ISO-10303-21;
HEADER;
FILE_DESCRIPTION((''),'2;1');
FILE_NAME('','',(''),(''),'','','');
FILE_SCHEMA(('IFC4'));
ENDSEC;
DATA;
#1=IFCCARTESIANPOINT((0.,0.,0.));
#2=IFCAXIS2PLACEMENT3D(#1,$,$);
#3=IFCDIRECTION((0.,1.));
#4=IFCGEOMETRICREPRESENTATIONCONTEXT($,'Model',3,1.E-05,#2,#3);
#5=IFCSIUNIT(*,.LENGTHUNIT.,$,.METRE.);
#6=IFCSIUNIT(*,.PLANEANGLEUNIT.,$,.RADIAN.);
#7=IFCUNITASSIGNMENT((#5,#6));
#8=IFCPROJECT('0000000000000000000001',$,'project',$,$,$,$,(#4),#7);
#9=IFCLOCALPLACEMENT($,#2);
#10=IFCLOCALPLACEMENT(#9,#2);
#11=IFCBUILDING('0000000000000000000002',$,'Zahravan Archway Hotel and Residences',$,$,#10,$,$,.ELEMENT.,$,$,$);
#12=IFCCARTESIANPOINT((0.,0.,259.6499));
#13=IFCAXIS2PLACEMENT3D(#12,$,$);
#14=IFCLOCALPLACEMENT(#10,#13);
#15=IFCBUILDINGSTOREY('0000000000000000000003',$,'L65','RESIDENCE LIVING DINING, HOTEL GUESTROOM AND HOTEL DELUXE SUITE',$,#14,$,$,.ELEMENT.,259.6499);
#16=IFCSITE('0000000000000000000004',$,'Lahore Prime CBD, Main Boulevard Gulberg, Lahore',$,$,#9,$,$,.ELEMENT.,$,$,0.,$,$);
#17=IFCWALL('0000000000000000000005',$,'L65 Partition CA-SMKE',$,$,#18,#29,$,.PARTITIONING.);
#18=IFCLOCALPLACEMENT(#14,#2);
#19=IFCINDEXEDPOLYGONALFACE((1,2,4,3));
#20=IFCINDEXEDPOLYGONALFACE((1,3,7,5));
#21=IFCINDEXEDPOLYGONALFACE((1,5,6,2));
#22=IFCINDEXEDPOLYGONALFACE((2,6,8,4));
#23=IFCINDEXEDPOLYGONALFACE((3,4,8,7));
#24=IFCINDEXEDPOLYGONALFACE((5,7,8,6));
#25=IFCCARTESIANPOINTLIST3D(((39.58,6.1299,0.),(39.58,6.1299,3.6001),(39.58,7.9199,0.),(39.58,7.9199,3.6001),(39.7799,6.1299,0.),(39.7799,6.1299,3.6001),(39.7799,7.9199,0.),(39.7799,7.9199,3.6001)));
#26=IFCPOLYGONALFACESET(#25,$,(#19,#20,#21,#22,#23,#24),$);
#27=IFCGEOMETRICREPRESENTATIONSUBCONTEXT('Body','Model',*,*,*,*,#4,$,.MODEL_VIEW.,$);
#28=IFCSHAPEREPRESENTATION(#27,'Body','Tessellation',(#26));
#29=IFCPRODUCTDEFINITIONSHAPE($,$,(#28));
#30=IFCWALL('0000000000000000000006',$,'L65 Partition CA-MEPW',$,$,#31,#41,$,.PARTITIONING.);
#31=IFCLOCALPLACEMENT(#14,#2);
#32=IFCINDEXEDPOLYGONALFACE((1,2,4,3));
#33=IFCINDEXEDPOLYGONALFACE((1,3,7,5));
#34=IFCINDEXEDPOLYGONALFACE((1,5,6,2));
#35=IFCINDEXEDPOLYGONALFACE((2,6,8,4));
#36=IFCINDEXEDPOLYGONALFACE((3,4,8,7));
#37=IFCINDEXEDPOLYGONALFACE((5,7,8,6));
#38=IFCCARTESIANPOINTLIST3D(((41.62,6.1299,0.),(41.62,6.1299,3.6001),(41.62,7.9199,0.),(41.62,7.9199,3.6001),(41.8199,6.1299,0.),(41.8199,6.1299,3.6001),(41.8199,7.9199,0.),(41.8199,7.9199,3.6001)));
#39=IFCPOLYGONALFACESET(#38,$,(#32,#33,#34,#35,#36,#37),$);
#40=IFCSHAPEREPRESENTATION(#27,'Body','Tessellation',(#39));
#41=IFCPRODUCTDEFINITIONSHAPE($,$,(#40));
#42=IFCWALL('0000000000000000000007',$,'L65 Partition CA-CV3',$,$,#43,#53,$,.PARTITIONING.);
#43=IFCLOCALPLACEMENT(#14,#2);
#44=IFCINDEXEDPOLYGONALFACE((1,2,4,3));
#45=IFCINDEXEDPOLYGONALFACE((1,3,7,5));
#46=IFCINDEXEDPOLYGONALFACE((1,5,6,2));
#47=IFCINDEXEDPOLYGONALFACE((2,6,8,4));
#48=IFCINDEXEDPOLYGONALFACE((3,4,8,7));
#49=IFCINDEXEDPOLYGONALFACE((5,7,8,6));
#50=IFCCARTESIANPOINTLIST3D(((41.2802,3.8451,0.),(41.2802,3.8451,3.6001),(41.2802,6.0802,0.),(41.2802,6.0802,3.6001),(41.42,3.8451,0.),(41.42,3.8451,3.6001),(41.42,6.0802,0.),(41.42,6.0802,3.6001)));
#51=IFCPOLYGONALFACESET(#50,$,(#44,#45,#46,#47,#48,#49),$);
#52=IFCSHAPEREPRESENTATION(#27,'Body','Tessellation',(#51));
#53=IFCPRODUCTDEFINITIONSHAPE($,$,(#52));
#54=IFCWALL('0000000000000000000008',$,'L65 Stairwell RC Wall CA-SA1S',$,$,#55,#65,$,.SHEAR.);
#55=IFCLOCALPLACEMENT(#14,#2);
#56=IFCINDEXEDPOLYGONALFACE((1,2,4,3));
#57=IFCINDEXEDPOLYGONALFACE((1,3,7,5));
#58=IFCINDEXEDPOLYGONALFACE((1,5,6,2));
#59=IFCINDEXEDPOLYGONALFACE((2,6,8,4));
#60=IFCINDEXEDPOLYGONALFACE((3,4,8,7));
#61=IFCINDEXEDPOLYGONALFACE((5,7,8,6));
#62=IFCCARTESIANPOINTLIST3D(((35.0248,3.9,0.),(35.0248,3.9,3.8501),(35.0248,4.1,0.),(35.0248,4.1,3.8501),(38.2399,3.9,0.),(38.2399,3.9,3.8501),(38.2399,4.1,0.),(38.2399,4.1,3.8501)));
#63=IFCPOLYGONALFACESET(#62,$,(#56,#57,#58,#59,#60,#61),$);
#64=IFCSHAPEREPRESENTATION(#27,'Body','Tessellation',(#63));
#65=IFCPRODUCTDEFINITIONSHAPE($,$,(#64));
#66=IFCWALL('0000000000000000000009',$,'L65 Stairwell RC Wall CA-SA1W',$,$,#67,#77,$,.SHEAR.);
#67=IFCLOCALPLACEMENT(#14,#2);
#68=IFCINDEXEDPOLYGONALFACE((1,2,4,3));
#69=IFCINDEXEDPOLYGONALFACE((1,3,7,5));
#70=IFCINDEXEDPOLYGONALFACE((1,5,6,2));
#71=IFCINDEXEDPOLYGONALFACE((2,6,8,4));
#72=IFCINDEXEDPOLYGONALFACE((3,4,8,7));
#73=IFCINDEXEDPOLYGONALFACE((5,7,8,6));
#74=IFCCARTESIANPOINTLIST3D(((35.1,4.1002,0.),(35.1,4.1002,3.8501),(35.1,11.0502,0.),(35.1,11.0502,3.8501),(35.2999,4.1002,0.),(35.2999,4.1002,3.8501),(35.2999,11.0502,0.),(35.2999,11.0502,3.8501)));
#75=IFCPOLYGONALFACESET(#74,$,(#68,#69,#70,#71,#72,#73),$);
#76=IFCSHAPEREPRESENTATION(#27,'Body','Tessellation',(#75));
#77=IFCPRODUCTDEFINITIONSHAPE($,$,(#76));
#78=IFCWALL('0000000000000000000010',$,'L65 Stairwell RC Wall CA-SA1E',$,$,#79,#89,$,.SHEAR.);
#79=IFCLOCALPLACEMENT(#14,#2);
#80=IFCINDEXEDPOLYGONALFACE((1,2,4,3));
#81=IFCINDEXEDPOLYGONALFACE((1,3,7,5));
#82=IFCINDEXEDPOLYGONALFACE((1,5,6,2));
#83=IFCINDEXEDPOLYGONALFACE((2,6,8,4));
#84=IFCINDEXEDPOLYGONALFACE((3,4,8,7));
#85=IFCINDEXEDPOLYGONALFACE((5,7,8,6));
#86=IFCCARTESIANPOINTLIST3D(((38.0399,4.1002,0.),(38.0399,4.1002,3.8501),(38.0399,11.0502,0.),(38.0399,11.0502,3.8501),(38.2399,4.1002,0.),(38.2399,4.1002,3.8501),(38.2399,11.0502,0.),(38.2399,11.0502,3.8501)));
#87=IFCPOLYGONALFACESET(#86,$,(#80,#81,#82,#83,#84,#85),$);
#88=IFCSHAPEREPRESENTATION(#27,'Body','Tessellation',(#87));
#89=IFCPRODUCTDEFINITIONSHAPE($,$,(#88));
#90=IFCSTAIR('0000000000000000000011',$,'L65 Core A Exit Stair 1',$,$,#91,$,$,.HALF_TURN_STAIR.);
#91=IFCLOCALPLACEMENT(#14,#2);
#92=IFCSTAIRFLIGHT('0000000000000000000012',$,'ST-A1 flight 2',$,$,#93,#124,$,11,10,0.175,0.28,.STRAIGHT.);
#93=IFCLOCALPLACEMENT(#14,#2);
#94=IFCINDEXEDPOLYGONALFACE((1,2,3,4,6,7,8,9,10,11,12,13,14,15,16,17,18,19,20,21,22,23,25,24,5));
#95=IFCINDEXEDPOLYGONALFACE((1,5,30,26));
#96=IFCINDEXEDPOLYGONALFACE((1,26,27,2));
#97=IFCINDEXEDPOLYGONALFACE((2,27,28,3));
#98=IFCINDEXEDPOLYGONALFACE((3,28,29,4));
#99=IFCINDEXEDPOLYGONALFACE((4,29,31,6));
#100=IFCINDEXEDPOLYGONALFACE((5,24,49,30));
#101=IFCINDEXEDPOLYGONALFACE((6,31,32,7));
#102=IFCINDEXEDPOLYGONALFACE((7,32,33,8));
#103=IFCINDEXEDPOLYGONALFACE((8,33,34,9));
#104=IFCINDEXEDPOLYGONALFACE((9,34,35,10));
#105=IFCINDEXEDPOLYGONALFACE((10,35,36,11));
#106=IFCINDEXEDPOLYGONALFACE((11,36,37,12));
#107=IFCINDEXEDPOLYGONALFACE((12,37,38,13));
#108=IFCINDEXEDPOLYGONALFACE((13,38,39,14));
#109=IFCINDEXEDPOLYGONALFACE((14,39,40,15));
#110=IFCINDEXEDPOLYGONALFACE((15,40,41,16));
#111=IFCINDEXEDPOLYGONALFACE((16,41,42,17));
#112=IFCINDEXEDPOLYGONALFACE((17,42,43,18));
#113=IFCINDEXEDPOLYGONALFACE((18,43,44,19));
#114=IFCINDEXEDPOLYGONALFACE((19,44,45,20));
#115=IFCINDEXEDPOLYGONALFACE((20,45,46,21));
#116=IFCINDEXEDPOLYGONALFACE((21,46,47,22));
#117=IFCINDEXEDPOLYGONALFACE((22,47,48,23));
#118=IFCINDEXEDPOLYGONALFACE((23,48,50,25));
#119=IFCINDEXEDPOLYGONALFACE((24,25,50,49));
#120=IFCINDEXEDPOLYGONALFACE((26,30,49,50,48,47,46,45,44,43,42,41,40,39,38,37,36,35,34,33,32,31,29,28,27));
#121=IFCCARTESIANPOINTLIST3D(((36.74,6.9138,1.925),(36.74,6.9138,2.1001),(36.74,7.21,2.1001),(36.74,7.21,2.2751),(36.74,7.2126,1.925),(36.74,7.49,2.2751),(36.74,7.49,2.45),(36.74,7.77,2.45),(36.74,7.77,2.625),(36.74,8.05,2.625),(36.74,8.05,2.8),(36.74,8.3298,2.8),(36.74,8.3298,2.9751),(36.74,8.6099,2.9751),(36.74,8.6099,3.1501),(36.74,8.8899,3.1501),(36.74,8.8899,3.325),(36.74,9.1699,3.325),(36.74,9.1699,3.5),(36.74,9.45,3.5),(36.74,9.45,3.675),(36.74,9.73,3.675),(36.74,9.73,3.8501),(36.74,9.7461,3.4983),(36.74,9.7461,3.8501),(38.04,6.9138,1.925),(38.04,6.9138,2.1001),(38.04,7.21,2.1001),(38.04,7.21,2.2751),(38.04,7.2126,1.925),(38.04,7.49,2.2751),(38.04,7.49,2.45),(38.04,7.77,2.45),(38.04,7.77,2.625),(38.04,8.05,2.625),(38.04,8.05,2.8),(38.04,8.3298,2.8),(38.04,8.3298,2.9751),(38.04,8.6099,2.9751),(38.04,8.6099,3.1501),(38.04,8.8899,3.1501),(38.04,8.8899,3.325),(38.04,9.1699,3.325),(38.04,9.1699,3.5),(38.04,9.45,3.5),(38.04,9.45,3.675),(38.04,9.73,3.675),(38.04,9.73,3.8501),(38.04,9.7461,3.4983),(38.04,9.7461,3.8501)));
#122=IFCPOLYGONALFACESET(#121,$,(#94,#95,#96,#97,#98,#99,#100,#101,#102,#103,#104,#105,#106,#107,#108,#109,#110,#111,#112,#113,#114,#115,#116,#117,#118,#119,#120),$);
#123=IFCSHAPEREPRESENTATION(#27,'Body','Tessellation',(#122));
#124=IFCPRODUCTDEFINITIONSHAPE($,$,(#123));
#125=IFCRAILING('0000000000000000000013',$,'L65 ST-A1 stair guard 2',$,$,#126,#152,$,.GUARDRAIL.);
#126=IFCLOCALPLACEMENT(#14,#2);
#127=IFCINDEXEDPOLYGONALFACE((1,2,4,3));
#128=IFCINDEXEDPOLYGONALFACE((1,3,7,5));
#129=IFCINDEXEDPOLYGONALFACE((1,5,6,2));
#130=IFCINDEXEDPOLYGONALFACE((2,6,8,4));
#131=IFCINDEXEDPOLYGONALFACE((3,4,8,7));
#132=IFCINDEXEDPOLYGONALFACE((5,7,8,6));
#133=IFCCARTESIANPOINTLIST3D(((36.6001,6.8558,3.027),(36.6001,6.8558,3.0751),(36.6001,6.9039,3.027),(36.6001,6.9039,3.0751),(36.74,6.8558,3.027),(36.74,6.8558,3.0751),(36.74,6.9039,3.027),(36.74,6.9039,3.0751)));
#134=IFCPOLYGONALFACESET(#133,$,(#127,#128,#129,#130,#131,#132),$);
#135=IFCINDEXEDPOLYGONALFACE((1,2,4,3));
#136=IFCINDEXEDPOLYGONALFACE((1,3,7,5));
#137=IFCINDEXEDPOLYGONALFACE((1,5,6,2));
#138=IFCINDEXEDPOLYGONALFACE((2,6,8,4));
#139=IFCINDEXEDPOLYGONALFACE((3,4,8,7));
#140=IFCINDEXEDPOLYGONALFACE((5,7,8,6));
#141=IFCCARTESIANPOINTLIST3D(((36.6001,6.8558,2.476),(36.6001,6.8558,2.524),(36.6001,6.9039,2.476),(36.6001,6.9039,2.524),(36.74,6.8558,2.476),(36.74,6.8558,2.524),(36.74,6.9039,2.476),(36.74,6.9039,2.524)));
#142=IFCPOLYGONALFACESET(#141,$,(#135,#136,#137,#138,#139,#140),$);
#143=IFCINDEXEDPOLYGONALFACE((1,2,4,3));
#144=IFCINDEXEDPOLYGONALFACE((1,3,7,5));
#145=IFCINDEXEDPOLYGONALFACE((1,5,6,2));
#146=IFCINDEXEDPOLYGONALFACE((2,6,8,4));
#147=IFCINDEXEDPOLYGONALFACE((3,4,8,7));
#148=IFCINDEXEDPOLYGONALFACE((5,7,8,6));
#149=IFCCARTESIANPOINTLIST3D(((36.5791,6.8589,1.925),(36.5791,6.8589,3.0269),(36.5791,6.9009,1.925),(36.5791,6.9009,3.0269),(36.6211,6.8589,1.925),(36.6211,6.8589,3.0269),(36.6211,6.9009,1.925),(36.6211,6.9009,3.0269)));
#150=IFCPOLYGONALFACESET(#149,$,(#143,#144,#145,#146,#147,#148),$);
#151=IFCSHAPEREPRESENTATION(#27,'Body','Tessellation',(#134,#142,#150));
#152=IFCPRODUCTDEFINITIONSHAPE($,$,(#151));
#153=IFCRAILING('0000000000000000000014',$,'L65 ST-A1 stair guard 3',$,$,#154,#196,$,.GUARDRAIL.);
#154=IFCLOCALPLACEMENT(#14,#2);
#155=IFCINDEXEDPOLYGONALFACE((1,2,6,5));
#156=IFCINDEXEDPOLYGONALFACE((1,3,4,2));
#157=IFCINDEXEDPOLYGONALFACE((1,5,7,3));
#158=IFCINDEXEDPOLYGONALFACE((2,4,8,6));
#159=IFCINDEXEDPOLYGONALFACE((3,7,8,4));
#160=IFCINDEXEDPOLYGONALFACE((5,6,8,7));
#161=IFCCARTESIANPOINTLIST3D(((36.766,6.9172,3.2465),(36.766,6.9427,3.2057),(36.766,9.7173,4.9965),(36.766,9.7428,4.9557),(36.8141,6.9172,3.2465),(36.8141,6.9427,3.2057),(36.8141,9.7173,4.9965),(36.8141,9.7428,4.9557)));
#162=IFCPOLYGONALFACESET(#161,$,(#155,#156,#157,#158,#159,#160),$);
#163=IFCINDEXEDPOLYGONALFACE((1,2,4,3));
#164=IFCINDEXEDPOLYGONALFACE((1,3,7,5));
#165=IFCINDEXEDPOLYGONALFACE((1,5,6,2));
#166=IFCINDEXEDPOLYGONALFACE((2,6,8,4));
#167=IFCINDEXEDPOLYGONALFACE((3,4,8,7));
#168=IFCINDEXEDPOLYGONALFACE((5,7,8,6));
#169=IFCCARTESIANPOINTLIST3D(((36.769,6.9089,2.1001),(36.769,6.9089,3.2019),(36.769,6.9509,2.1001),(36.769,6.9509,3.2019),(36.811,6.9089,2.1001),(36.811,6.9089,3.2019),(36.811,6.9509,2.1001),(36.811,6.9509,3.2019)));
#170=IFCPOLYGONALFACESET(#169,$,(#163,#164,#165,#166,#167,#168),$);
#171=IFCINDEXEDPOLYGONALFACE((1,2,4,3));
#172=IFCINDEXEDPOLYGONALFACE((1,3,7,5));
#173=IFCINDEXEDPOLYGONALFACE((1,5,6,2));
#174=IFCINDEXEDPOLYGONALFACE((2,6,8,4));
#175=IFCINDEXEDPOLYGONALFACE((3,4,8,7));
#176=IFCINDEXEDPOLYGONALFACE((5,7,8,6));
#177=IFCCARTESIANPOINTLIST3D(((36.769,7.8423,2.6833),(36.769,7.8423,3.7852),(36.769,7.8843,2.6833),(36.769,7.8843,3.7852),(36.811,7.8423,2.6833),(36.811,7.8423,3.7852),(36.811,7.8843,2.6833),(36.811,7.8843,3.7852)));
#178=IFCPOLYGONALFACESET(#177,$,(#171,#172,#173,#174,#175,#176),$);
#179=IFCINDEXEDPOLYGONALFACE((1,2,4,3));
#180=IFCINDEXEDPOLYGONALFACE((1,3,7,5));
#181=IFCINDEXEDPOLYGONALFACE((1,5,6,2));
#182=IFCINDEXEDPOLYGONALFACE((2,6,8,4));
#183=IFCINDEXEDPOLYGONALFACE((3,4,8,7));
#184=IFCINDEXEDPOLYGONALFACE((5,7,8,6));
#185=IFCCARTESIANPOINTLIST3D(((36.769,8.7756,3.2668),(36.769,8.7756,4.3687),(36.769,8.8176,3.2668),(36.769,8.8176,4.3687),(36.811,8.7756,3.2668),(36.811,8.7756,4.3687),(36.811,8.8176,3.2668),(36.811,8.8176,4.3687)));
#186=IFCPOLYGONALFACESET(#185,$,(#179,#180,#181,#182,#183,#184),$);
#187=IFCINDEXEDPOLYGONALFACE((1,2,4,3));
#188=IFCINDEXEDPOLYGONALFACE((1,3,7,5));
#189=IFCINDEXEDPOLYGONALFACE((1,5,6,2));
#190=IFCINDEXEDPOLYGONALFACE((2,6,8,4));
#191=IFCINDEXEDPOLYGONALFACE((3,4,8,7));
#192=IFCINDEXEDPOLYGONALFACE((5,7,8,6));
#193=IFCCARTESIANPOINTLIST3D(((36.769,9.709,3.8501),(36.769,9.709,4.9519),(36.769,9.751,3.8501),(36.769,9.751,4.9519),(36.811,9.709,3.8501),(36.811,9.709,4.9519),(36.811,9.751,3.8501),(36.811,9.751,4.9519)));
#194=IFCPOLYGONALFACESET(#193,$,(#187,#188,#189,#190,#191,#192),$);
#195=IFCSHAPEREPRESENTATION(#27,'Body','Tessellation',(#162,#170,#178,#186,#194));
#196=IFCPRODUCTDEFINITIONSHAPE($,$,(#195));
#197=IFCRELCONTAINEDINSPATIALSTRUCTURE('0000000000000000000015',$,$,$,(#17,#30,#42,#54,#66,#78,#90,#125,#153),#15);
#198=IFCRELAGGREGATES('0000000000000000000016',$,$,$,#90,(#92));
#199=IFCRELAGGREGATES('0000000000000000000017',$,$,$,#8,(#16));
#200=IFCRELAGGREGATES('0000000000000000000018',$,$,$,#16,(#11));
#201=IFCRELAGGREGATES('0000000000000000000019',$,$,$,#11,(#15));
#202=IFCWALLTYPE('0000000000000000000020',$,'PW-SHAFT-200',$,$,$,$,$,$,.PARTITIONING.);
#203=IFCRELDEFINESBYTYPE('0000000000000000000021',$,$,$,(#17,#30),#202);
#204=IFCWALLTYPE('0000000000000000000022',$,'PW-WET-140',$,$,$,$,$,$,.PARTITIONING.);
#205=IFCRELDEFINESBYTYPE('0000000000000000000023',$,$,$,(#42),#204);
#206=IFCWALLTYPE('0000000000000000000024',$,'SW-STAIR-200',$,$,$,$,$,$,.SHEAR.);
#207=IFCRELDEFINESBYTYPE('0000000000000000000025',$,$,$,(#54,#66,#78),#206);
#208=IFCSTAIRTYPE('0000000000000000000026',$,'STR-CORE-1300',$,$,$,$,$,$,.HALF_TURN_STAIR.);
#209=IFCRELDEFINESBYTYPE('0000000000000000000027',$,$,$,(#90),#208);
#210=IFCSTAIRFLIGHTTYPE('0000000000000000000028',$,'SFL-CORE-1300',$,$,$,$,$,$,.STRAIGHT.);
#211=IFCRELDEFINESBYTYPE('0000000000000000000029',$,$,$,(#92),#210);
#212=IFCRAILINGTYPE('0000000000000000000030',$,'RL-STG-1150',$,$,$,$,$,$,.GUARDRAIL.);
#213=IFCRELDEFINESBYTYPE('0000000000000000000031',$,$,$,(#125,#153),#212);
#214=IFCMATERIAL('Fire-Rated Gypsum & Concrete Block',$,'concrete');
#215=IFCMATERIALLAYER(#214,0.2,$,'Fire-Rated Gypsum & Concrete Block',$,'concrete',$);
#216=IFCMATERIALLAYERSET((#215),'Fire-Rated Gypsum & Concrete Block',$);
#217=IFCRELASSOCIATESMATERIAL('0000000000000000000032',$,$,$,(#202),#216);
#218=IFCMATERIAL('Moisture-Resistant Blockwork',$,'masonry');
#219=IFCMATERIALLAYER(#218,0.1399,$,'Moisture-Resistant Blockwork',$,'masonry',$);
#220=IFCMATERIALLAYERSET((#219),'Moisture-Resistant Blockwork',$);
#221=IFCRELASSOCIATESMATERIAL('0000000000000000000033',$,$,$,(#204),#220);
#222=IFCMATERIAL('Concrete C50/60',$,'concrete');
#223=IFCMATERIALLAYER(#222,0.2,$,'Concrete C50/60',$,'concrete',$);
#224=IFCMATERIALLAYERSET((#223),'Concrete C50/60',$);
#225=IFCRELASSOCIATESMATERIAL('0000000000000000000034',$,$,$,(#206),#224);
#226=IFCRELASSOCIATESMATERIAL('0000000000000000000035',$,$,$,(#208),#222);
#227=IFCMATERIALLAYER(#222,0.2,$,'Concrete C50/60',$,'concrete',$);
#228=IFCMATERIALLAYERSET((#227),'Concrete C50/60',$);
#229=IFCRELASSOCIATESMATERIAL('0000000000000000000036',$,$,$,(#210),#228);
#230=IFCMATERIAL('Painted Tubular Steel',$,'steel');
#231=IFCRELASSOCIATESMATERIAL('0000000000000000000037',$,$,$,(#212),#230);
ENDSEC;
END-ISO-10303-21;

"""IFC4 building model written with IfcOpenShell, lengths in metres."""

from ifc_helpers import new_model, si_unit, direction, frame, frame_2d, origin, origin_2d, place, context, subcontext, project, spatial, polyline, rectangle, outline, extrude, source, transform, mapped, material, layer, layer_set, type_object, element, aggregate, save


model = new_model("IFC4")

# Units and contexts
model_context = context("Model", 3, precision=1e-05, world=origin(), true_north=direction((0.0, 1.0)))
body_context = subcontext(model_context, "Body", "Model", "MODEL_VIEW")
ifc_project = project(units=[si_unit("LENGTHUNIT", "METRE"), si_unit("PLANEANGLEUNIT", "RADIAN")], contexts=[model_context])

# Site, building, storey
site_placement = place(None, origin())
site = spatial("IfcSite", under=ifc_project, at=site_placement, Name="Lahore Prime CBD, Main Boulevard Gulberg, Lahore", CompositionType="ELEMENT", RefElevation=0.0)
building_placement = place(site_placement, origin())
building = spatial("IfcBuilding", under=site, at=building_placement, Name="Zahravan Archway Hotel and Residences", CompositionType="ELEMENT")
storey_placement = place(building_placement, frame((0.0, 0.0, 259.6499)))
storey = spatial("IfcBuildingStorey", under=building, at=storey_placement, Name="L65", Description="RESIDENCE LIVING DINING, HOTEL GUESTROOM AND HOTEL DELUXE SUITE", CompositionType="ELEMENT", Elevation=259.6499)

# Shared definitions
ifc_material_1 = material(Name="Concrete C50/60", Category="concrete")

# Shared definitions
ifc_material_2 = material(Name="Fire-Rated Gypsum & Concrete Block", Category="concrete")
ifc_layer_1 = layer(ifc_material_2, 0.2, Name="Fire-Rated Gypsum & Concrete Block", Category="concrete")
ifc_layer_set_1 = layer_set([ifc_layer_1], Name="Fire-Rated Gypsum & Concrete Block")
wall_type_1 = type_object("IfcWallType", Name="PW-SHAFT-200", PredefinedType="PARTITIONING", material=ifc_layer_set_1)

# Walls
for number, where, z_axis, x_axis, name in (
    (1, (39.6799, 6.1299, 0.0), (0.0, 0.0, 1.0), (0.0, 1.0, 0.0), "L65 Partition CA-SMKE"),
    (2, (41.72, 6.1299, 0.0), (0.0, 0.0, 1.0), (0.0, 1.0, 0.0), "L65 Partition CA-MEPW"),
):
    element("IfcWall", number, at=place(storey_placement, frame(where, z_axis=z_axis, x_axis=x_axis)), inside=storey, type_object=wall_type_1, Name=name, PredefinedType="PARTITIONING", context=body_context, shape_type="SweptSolid", body=[
        extrude(rectangle(XDim=1.79, YDim=0.2, at=frame_2d((0.895, 0.0))), origin(), (0.0, 0.0, 1.0), 3.6001),
    ])
ifc_material_3 = material(Name="Moisture-Resistant Blockwork", Category="masonry")
ifc_layer_2 = layer(ifc_material_3, 0.1399, Name="Moisture-Resistant Blockwork", Category="masonry")
ifc_layer_set_2 = layer_set([ifc_layer_2], Name="Moisture-Resistant Blockwork")
wall_type_2 = type_object("IfcWallType", Name="PW-WET-140", PredefinedType="PARTITIONING", material=ifc_layer_set_2)
wall_1_placement = place(storey_placement, frame((41.3501, 3.845, 0.0), z_axis=(0.0, 0.0, 1.0), x_axis=(0.0, 1.0, 0.0)))
element("IfcWall", 3, at=wall_1_placement, inside=storey, type_object=wall_type_2, Name="L65 Partition CA-CV3", PredefinedType="PARTITIONING", context=body_context, shape_type="SweptSolid", body=[
    extrude(rectangle(XDim=2.2351, YDim=0.1399, at=frame_2d((1.1177, 0.0))), origin(), (0.0, 0.0, 1.0), 3.6001),
])
ifc_layer_3 = layer(ifc_material_1, 0.2, Name="Concrete C50/60", Category="concrete")
ifc_layer_set_3 = layer_set([ifc_layer_3], Name="Concrete C50/60")
wall_type_3 = type_object("IfcWallType", Name="SW-STAIR-200", PredefinedType="SHEAR", material=ifc_layer_set_3)
wall_2_placement = place(storey_placement, frame((35.0249, 4.0, 0.0), z_axis=(0.0, 0.0, 1.0), x_axis=(1.0, 0.0, 0.0)))
element("IfcWall", 4, at=wall_2_placement, inside=storey, type_object=wall_type_3, Name="L65 Stairwell RC Wall CA-SA1S", PredefinedType="SHEAR", context=body_context, shape_type="SweptSolid", body=[
    extrude(rectangle(XDim=3.2151, YDim=0.2, at=frame_2d((1.6074, 0.0))), origin(), (0.0, 0.0, 1.0), 3.8501),
])
for number, where, z_axis, x_axis, name in (
    (5, (35.2, 4.1001, 0.0), (0.0, 0.0, 1.0), (0.0, 1.0, 0.0), "L65 Stairwell RC Wall CA-SA1W"),
    (6, (38.1399, 4.1001, 0.0), (0.0, 0.0, 1.0), (0.0, 1.0, 0.0), "L65 Stairwell RC Wall CA-SA1E"),
):
    element("IfcWall", number, at=place(storey_placement, frame(where, z_axis=z_axis, x_axis=x_axis)), inside=storey, type_object=wall_type_3, Name=name, PredefinedType="SHEAR", context=body_context, shape_type="SweptSolid", body=[
        extrude(rectangle(XDim=6.95, YDim=0.2, at=frame_2d((3.4751, 0.0))), origin(), (0.0, 0.0, 1.0), 3.8501),
    ])

# Stair, stair flight
stair_type = type_object("IfcStairType", Name="STR-CORE-1300", PredefinedType="HALF_TURN_STAIR", material=ifc_material_1)
stair_placement = place(storey_placement, origin())
stair = element("IfcStair", 7, at=stair_placement, inside=storey, type_object=stair_type, Name="L65 Core A Exit Stair 1", PredefinedType="HALF_TURN_STAIR")
ifc_layer_4 = layer(ifc_material_1, 0.2, Name="Concrete C50/60", Category="concrete")
ifc_layer_set_4 = layer_set([ifc_layer_4], Name="Concrete C50/60")
stair_flight_type = type_object("IfcStairFlightType", Name="SFL-CORE-1300", PredefinedType="STRAIGHT", material=ifc_layer_set_4)
shared_shape_1 = source(origin(), body_context, "Body", "SweptSolid", [
    extrude(outline(polyline([(-0.0161, 0.0), (-0.0161, 0.175), (0.28, 0.175), (0.28, 0.3501), (0.5601, 0.3501), (0.5601, 0.5249), (0.8401, 0.5249), (0.8401, 0.7), (1.1201, 0.7), (1.1201, 0.875), (1.3999, 0.875), (1.3999, 1.05), (1.6799, 1.05), (1.6799, 1.2251), (1.96, 1.2251), (1.96, 1.3999), (2.24, 1.3999), (2.24, 1.575), (2.52, 1.575), (2.52, 1.75), (2.8, 1.75), (2.8, 1.925), (2.8162, 1.925), (2.8162, 1.5732), (0.2827, 0.0), (-0.0161, 0.0)])), frame((0.0, 0.6499, 0.0), z_axis=(0.0, -1.0, 0.0), x_axis=(1.0, 0.0, 0.0)), (0.0, 0.0, 1.0), 1.3),
])
stair_flight_placement = place(storey_placement, frame((37.3899, 6.9299, 1.925), z_axis=(0.0, 0.0, 1.0), x_axis=(0.0, 1.0, 0.0)))
stair_flight = element("IfcStairFlight", 8, at=stair_flight_placement, type_object=stair_flight_type, Name="ST-A1 flight 2", NumberOfRisers=11, NumberOfTreads=10, PredefinedType="STRAIGHT", RiserHeight=0.175, TreadLength=0.28, context=body_context, shape_type="MappedRepresentation", body=[
    mapped(shared_shape_1, transform((0.0, 0.0, 0.0), scale=1.0)),
])
aggregate(stair, [stair_flight])

# Railings
ifc_material_4 = material(Name="Painted Tubular Steel", Category="steel")
railing_type_1 = type_object("IfcRailingType", Name="RL-STG-1150", PredefinedType="GUARDRAIL", material=ifc_material_4)
railing_1_placement = place(storey_placement, frame((36.6001, 6.8799, 1.925)))
element("IfcRailing", 9, at=railing_1_placement, inside=storey, type_object=railing_type_1, Name="L65 ST-A1 stair guard 2", PredefinedType="GUARDRAIL", context=body_context, shape_type="SweptSolid", body=[
    extrude(rectangle(XDim=0.0481, YDim=0.0481, at=origin_2d()), frame((0.0, 0.0, 1.126), z_axis=(1.0, 0.0, 0.0), x_axis=(0.0, 1.0, 0.0)), (0.0, 0.0, 1.0), 0.1399),
    extrude(rectangle(XDim=0.0481, YDim=0.0481, at=origin_2d()), frame((0.0, 0.0, 0.575), z_axis=(1.0, 0.0, 0.0), x_axis=(0.0, 1.0, 0.0)), (0.0, 0.0, 1.0), 0.1399),
    extrude(rectangle(XDim=0.042, YDim=0.042, at=origin_2d()), origin(), (0.0, 0.0, 1.0), 1.1018),
])
railing_2_placement = place(storey_placement, frame((36.79, 6.9299, 2.1001)))
element("IfcRailing", 10, at=railing_2_placement, inside=storey, type_object=railing_type_1, Name="L65 ST-A1 stair guard 3", PredefinedType="GUARDRAIL", context=body_context, shape_type="SweptSolid", body=[
    extrude(rectangle(XDim=0.0481, YDim=0.0481, at=origin_2d()), frame((0.0, 0.0, 1.126), z_axis=(0.0, 0.848002, 0.529992), x_axis=(-1.0, 0.0, 0.0)), (0.0, 0.0, 1.0), 3.302),
    extrude(rectangle(XDim=0.042, YDim=0.042, at=origin_2d()), origin(), (0.0, 0.0, 1.0), 1.1018),
    extrude(rectangle(XDim=0.042, YDim=0.042, at=origin_2d()), frame((0.0, 0.9333, 0.5833)), (0.0, 0.0, 1.0), 1.1018),
    extrude(rectangle(XDim=0.042, YDim=0.042, at=origin_2d()), frame((0.0, 1.8667, 1.1667)), (0.0, 0.0, 1.0), 1.1018),
    extrude(rectangle(XDim=0.042, YDim=0.042, at=origin_2d()), frame((0.0, 2.8, 1.75)), (0.0, 0.0, 1.0), 1.1018),
])

save(model, "model.ifc")
